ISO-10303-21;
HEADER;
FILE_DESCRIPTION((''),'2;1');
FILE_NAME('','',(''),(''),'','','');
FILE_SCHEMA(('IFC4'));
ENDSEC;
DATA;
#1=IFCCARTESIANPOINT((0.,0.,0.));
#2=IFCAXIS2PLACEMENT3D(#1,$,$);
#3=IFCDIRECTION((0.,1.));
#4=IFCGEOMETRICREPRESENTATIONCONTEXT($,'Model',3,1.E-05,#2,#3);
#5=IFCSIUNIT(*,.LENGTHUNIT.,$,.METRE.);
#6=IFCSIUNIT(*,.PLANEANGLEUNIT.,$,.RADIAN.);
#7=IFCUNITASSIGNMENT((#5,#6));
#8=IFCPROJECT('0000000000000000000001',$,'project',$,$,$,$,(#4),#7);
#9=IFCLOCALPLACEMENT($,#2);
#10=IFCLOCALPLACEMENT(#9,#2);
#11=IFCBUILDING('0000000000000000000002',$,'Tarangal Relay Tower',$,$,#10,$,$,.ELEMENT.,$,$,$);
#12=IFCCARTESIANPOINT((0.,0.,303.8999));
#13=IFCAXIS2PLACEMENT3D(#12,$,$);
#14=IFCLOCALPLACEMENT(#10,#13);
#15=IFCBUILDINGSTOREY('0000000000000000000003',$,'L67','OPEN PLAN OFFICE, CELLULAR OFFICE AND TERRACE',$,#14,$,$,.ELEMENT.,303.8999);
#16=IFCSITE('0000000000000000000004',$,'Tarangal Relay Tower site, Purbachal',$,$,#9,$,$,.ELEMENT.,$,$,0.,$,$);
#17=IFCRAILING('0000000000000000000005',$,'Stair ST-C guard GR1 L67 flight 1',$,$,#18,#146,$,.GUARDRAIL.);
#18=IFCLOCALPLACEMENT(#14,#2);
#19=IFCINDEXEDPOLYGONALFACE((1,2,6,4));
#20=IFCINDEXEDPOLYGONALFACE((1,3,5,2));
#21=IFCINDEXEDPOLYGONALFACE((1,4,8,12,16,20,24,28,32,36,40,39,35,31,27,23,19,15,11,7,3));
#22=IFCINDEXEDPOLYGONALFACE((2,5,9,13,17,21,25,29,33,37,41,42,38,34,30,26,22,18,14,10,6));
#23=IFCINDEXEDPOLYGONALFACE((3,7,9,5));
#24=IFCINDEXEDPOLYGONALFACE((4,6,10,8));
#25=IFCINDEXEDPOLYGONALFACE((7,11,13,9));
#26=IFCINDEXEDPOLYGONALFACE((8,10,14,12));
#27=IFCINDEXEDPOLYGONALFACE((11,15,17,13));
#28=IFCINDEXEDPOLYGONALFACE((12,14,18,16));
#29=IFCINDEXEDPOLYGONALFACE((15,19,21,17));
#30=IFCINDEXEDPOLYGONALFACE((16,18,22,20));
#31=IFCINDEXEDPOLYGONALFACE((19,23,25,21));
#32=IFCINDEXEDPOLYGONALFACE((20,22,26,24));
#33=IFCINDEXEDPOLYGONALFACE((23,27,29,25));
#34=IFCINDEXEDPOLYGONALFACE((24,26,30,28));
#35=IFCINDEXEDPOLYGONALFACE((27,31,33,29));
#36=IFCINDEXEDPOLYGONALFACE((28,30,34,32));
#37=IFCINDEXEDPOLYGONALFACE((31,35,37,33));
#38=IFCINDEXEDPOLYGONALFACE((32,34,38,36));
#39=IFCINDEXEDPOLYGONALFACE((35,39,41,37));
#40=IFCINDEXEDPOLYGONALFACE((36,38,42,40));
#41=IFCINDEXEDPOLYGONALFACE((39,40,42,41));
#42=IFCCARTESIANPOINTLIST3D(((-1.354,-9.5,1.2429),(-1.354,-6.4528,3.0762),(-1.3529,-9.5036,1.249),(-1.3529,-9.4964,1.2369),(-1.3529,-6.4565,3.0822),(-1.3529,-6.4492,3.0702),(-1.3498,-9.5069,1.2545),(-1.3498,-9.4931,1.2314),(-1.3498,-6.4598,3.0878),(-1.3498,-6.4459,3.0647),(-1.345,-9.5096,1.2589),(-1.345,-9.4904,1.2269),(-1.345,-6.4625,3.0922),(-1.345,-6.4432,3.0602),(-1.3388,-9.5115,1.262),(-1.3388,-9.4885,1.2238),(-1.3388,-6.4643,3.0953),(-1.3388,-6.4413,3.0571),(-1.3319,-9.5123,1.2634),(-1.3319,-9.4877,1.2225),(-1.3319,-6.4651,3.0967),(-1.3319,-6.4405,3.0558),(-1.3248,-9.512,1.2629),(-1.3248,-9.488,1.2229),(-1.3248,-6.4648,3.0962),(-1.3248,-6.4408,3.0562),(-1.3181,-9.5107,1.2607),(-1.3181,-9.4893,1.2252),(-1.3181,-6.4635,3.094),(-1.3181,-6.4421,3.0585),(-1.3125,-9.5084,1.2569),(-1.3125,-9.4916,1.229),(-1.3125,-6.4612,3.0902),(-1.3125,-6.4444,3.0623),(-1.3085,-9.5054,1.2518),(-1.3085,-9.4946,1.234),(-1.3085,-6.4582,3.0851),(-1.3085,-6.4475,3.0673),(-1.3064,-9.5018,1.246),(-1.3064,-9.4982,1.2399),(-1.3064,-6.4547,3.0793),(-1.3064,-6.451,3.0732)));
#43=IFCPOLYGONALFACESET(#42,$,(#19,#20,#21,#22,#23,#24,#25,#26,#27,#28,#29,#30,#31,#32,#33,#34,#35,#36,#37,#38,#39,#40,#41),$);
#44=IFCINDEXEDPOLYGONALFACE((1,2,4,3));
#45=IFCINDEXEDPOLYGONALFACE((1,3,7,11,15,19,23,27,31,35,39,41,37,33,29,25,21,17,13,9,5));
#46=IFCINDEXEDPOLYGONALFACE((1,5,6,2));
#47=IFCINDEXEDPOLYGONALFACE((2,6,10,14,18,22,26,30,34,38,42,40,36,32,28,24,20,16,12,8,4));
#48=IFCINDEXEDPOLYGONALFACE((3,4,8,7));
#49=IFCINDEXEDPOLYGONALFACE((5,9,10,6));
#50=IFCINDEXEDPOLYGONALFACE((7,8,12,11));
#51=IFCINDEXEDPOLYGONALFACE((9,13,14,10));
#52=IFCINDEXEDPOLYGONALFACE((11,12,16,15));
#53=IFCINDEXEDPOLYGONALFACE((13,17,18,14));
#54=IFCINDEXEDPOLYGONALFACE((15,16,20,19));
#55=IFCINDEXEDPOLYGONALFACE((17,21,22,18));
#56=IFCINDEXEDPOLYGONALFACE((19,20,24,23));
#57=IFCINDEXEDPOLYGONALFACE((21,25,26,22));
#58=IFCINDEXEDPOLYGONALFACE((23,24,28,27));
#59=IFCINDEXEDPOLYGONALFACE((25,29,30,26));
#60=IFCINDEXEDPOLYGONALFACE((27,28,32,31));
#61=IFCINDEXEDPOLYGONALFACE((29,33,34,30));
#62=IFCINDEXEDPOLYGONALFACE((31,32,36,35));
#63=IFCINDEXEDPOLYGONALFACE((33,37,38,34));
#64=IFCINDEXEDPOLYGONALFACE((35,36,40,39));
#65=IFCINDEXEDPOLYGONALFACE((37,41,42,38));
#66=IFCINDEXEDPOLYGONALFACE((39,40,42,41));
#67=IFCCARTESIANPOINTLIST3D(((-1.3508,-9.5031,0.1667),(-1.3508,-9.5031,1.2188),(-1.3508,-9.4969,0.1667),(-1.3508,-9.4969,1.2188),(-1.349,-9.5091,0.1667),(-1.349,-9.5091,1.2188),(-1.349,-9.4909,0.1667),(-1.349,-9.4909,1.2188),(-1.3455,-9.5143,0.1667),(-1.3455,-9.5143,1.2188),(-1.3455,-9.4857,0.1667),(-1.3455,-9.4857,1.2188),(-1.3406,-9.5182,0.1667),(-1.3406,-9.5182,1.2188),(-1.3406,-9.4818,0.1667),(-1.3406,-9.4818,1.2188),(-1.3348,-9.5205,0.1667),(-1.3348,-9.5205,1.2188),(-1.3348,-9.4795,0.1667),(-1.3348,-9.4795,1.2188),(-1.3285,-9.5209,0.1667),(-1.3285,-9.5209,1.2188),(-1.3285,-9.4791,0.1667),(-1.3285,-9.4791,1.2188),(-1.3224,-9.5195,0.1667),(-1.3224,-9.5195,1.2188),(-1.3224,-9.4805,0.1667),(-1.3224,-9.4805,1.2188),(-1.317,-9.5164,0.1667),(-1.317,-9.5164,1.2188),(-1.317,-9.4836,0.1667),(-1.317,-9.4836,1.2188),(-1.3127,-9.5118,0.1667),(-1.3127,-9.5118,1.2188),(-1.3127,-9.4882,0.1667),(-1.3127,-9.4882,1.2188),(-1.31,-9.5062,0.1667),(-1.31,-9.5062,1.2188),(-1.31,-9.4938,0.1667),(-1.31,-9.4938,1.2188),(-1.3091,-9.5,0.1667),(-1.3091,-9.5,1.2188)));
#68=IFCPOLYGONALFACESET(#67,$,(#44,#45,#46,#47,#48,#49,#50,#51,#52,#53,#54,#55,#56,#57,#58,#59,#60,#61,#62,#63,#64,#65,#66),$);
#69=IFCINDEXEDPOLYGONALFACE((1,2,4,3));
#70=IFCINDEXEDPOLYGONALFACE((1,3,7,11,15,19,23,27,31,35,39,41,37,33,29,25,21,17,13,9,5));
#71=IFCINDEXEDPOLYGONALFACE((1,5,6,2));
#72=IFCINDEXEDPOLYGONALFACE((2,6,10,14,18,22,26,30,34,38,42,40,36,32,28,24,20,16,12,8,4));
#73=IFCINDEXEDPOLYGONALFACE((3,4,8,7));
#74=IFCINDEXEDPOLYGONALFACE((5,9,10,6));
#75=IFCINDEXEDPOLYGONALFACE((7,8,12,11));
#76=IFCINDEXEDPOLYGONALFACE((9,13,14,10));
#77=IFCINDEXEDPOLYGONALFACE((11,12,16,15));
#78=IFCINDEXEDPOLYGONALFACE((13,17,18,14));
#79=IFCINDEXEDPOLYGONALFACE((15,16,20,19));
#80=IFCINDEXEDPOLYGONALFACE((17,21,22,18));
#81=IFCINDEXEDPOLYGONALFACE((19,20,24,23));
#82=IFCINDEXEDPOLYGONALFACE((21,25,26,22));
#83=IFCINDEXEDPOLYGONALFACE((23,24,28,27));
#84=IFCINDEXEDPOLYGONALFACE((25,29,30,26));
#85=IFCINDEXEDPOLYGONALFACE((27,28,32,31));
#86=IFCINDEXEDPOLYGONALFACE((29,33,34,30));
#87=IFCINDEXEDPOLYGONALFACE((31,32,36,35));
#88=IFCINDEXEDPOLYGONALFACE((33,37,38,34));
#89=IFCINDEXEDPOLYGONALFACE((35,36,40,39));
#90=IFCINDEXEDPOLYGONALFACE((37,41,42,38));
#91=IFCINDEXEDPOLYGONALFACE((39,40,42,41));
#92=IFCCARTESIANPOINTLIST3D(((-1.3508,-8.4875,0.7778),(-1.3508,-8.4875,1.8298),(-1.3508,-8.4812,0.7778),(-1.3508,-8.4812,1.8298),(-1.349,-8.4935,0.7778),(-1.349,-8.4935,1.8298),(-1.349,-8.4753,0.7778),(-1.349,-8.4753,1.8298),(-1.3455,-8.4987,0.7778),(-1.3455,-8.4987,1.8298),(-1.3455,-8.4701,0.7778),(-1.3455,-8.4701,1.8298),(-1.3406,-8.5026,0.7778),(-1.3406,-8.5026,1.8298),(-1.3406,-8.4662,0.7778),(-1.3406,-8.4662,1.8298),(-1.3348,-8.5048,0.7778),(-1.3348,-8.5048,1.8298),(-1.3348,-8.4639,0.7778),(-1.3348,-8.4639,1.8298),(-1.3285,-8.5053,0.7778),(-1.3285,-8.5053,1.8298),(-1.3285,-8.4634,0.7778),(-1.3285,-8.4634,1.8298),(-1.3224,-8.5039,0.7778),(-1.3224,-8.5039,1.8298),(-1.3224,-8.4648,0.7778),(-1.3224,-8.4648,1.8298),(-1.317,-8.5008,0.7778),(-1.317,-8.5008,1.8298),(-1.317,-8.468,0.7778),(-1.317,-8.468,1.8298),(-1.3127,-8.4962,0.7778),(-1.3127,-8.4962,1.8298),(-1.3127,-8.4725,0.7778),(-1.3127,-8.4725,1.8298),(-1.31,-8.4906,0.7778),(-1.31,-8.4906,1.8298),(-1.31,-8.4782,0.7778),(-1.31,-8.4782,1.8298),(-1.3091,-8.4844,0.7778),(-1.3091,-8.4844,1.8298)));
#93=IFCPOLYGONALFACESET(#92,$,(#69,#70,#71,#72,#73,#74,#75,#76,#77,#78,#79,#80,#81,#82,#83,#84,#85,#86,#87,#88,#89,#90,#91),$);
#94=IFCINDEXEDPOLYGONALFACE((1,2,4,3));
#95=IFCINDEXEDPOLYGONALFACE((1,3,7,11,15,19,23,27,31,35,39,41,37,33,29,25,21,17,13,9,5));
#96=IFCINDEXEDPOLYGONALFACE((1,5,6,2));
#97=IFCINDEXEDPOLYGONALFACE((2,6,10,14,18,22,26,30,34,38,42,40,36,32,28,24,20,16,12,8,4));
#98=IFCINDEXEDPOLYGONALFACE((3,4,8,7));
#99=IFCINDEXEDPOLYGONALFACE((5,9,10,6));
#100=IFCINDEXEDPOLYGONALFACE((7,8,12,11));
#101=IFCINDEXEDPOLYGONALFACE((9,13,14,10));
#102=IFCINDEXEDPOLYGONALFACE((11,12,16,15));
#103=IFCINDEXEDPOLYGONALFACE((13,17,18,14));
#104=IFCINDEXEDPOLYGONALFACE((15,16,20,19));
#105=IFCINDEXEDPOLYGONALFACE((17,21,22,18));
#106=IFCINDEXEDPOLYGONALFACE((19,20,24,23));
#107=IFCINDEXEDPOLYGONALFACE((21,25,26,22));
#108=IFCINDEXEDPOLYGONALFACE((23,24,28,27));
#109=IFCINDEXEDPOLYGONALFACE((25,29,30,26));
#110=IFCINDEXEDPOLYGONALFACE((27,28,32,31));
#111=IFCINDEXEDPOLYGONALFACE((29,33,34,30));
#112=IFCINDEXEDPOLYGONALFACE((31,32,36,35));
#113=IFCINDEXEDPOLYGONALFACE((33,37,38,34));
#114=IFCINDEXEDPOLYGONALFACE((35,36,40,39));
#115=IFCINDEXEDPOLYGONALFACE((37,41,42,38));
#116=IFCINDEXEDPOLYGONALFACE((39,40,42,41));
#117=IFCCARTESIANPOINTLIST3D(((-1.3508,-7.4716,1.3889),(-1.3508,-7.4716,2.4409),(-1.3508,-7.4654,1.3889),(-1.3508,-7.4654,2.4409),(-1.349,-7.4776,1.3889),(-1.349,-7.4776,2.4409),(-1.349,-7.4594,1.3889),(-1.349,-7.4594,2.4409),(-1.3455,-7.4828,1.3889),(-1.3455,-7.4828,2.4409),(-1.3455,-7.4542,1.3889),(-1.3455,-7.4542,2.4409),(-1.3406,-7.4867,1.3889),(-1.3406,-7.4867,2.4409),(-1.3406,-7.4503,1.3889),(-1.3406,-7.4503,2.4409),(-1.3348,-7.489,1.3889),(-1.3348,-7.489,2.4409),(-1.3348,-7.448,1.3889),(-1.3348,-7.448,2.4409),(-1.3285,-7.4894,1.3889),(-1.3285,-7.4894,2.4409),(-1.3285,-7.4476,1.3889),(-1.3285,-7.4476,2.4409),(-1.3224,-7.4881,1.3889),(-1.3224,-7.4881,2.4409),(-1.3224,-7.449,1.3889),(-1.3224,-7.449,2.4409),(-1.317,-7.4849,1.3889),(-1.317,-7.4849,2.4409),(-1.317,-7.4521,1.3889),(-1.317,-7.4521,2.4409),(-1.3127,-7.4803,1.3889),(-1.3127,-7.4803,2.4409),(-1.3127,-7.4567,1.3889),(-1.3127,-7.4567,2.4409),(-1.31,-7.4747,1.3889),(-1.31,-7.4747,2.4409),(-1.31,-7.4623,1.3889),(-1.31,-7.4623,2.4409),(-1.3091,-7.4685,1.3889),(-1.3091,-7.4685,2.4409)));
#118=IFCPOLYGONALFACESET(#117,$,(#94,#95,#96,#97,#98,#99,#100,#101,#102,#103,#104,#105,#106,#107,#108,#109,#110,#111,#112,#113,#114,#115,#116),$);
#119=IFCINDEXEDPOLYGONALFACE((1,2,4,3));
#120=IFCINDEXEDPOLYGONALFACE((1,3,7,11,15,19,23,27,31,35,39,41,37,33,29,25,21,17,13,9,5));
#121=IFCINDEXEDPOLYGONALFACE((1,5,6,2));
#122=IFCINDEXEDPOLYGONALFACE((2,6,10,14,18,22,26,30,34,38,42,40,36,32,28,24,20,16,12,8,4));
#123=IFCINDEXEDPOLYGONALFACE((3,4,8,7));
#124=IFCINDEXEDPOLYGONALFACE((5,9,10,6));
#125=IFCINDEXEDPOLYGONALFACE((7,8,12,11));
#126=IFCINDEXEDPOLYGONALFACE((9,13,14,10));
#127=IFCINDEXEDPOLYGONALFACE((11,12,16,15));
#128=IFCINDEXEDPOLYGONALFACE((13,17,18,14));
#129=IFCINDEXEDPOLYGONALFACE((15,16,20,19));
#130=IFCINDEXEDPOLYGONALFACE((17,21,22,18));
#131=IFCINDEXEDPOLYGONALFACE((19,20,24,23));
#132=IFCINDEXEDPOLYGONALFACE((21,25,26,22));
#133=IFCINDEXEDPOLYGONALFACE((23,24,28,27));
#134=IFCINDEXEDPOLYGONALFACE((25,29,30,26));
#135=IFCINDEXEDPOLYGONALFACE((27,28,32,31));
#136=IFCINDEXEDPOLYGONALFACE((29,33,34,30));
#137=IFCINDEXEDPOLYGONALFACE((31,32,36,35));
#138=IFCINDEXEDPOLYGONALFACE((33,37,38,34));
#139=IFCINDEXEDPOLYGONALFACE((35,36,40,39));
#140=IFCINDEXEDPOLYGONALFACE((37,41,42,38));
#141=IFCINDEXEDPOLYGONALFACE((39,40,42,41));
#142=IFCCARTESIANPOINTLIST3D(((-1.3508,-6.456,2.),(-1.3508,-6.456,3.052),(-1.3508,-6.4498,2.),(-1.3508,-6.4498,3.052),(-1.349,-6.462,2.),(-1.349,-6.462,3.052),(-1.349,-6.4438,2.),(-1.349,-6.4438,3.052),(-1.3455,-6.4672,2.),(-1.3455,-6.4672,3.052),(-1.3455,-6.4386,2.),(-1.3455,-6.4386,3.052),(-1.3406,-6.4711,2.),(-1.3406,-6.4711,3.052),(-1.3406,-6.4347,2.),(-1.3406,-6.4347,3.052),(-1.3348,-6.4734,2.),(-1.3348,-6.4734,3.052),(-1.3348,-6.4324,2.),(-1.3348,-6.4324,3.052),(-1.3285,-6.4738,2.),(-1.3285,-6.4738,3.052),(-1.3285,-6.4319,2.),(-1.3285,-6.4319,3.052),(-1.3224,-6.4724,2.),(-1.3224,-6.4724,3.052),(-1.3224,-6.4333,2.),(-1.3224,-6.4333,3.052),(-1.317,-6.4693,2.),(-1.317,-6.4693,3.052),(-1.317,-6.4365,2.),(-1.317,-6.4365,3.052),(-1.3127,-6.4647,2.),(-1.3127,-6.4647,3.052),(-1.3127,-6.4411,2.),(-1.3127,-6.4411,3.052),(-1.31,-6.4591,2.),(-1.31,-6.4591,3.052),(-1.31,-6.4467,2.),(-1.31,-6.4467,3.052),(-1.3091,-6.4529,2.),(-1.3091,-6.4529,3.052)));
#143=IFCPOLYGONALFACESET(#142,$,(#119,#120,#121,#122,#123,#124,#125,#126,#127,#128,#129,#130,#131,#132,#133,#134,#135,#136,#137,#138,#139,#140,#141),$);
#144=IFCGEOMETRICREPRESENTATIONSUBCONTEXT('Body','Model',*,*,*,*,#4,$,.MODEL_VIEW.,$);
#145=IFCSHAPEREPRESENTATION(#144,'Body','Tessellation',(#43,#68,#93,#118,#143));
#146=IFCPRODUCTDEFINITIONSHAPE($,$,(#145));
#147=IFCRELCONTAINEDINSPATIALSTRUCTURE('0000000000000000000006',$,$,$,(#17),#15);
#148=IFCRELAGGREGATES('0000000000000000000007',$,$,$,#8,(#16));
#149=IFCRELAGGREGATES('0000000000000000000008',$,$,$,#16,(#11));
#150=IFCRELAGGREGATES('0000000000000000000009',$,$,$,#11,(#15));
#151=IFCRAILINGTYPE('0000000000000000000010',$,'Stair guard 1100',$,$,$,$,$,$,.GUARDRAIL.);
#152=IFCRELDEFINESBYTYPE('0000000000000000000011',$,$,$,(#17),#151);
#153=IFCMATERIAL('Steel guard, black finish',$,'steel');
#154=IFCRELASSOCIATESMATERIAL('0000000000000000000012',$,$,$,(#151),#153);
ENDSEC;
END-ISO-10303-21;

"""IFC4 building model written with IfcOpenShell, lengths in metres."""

from ifc_helpers import new_model, si_unit, direction, frame, origin, origin_2d, place, context, subcontext, project, spatial, circle, extrude, material, type_object, element, save


model = new_model("IFC4")

# Units and contexts
model_context = context("Model", 3, precision=1e-05, world=origin(), true_north=direction((0.0, 1.0)))
body_context = subcontext(model_context, "Body", "Model", "MODEL_VIEW")
ifc_project = project(units=[si_unit("LENGTHUNIT", "METRE"), si_unit("PLANEANGLEUNIT", "RADIAN")], contexts=[model_context])

# Site, building, storey
site_placement = place(None, origin())
site = spatial("IfcSite", under=ifc_project, at=site_placement, Name="Tarangal Relay Tower site, Purbachal", CompositionType="ELEMENT", RefElevation=0.0)
building_placement = place(site_placement, origin())
building = spatial("IfcBuilding", under=site, at=building_placement, Name="Tarangal Relay Tower", CompositionType="ELEMENT")
storey_placement = place(building_placement, frame((0.0, 0.0, 303.8999)))
storey = spatial("IfcBuildingStorey", under=building, at=storey_placement, Name="L67", Description="OPEN PLAN OFFICE, CELLULAR OFFICE AND TERRACE", CompositionType="ELEMENT", Elevation=303.8999)

# Railing
ifc_material_1 = material(Name="Steel guard, black finish", Category="steel")
railing_type_1 = type_object("IfcRailingType", Name="Stair guard 1100", PredefinedType="GUARDRAIL", material=ifc_material_1)
railing_1_placement = place(storey_placement, frame((-1.3301, -9.5, 0.1667)))
element("IfcRailing", 1, at=railing_1_placement, inside=storey, type_object=railing_type_1, Name="Stair ST-C guard GR1 L67 flight 1", PredefinedType="GUARDRAIL", context=body_context, shape_type="SweptSolid", body=[
    extrude(circle(Radius=0.0239, at=origin_2d()), frame((0.0, 0.0, 1.0762), z_axis=(0.0, 0.856874, 0.515525), x_axis=(-1.0, 0.0, 0.0)), (0.0, 0.0, 1.0), 3.5562),
    extrude(circle(Radius=0.021, at=origin_2d()), origin(), (0.0, 0.0, 1.0), 1.052),
    extrude(circle(Radius=0.021, at=origin_2d()), frame((0.0, 1.0156, 0.6111)), (0.0, 0.0, 1.0), 1.052),
    extrude(circle(Radius=0.021, at=origin_2d()), frame((0.0, 2.0315, 1.2222)), (0.0, 0.0, 1.0), 1.052),
    extrude(circle(Radius=0.021, at=origin_2d()), frame((0.0, 3.0471, 1.8333)), (0.0, 0.0, 1.0), 1.052),
])

save(model, "model.ifc")
